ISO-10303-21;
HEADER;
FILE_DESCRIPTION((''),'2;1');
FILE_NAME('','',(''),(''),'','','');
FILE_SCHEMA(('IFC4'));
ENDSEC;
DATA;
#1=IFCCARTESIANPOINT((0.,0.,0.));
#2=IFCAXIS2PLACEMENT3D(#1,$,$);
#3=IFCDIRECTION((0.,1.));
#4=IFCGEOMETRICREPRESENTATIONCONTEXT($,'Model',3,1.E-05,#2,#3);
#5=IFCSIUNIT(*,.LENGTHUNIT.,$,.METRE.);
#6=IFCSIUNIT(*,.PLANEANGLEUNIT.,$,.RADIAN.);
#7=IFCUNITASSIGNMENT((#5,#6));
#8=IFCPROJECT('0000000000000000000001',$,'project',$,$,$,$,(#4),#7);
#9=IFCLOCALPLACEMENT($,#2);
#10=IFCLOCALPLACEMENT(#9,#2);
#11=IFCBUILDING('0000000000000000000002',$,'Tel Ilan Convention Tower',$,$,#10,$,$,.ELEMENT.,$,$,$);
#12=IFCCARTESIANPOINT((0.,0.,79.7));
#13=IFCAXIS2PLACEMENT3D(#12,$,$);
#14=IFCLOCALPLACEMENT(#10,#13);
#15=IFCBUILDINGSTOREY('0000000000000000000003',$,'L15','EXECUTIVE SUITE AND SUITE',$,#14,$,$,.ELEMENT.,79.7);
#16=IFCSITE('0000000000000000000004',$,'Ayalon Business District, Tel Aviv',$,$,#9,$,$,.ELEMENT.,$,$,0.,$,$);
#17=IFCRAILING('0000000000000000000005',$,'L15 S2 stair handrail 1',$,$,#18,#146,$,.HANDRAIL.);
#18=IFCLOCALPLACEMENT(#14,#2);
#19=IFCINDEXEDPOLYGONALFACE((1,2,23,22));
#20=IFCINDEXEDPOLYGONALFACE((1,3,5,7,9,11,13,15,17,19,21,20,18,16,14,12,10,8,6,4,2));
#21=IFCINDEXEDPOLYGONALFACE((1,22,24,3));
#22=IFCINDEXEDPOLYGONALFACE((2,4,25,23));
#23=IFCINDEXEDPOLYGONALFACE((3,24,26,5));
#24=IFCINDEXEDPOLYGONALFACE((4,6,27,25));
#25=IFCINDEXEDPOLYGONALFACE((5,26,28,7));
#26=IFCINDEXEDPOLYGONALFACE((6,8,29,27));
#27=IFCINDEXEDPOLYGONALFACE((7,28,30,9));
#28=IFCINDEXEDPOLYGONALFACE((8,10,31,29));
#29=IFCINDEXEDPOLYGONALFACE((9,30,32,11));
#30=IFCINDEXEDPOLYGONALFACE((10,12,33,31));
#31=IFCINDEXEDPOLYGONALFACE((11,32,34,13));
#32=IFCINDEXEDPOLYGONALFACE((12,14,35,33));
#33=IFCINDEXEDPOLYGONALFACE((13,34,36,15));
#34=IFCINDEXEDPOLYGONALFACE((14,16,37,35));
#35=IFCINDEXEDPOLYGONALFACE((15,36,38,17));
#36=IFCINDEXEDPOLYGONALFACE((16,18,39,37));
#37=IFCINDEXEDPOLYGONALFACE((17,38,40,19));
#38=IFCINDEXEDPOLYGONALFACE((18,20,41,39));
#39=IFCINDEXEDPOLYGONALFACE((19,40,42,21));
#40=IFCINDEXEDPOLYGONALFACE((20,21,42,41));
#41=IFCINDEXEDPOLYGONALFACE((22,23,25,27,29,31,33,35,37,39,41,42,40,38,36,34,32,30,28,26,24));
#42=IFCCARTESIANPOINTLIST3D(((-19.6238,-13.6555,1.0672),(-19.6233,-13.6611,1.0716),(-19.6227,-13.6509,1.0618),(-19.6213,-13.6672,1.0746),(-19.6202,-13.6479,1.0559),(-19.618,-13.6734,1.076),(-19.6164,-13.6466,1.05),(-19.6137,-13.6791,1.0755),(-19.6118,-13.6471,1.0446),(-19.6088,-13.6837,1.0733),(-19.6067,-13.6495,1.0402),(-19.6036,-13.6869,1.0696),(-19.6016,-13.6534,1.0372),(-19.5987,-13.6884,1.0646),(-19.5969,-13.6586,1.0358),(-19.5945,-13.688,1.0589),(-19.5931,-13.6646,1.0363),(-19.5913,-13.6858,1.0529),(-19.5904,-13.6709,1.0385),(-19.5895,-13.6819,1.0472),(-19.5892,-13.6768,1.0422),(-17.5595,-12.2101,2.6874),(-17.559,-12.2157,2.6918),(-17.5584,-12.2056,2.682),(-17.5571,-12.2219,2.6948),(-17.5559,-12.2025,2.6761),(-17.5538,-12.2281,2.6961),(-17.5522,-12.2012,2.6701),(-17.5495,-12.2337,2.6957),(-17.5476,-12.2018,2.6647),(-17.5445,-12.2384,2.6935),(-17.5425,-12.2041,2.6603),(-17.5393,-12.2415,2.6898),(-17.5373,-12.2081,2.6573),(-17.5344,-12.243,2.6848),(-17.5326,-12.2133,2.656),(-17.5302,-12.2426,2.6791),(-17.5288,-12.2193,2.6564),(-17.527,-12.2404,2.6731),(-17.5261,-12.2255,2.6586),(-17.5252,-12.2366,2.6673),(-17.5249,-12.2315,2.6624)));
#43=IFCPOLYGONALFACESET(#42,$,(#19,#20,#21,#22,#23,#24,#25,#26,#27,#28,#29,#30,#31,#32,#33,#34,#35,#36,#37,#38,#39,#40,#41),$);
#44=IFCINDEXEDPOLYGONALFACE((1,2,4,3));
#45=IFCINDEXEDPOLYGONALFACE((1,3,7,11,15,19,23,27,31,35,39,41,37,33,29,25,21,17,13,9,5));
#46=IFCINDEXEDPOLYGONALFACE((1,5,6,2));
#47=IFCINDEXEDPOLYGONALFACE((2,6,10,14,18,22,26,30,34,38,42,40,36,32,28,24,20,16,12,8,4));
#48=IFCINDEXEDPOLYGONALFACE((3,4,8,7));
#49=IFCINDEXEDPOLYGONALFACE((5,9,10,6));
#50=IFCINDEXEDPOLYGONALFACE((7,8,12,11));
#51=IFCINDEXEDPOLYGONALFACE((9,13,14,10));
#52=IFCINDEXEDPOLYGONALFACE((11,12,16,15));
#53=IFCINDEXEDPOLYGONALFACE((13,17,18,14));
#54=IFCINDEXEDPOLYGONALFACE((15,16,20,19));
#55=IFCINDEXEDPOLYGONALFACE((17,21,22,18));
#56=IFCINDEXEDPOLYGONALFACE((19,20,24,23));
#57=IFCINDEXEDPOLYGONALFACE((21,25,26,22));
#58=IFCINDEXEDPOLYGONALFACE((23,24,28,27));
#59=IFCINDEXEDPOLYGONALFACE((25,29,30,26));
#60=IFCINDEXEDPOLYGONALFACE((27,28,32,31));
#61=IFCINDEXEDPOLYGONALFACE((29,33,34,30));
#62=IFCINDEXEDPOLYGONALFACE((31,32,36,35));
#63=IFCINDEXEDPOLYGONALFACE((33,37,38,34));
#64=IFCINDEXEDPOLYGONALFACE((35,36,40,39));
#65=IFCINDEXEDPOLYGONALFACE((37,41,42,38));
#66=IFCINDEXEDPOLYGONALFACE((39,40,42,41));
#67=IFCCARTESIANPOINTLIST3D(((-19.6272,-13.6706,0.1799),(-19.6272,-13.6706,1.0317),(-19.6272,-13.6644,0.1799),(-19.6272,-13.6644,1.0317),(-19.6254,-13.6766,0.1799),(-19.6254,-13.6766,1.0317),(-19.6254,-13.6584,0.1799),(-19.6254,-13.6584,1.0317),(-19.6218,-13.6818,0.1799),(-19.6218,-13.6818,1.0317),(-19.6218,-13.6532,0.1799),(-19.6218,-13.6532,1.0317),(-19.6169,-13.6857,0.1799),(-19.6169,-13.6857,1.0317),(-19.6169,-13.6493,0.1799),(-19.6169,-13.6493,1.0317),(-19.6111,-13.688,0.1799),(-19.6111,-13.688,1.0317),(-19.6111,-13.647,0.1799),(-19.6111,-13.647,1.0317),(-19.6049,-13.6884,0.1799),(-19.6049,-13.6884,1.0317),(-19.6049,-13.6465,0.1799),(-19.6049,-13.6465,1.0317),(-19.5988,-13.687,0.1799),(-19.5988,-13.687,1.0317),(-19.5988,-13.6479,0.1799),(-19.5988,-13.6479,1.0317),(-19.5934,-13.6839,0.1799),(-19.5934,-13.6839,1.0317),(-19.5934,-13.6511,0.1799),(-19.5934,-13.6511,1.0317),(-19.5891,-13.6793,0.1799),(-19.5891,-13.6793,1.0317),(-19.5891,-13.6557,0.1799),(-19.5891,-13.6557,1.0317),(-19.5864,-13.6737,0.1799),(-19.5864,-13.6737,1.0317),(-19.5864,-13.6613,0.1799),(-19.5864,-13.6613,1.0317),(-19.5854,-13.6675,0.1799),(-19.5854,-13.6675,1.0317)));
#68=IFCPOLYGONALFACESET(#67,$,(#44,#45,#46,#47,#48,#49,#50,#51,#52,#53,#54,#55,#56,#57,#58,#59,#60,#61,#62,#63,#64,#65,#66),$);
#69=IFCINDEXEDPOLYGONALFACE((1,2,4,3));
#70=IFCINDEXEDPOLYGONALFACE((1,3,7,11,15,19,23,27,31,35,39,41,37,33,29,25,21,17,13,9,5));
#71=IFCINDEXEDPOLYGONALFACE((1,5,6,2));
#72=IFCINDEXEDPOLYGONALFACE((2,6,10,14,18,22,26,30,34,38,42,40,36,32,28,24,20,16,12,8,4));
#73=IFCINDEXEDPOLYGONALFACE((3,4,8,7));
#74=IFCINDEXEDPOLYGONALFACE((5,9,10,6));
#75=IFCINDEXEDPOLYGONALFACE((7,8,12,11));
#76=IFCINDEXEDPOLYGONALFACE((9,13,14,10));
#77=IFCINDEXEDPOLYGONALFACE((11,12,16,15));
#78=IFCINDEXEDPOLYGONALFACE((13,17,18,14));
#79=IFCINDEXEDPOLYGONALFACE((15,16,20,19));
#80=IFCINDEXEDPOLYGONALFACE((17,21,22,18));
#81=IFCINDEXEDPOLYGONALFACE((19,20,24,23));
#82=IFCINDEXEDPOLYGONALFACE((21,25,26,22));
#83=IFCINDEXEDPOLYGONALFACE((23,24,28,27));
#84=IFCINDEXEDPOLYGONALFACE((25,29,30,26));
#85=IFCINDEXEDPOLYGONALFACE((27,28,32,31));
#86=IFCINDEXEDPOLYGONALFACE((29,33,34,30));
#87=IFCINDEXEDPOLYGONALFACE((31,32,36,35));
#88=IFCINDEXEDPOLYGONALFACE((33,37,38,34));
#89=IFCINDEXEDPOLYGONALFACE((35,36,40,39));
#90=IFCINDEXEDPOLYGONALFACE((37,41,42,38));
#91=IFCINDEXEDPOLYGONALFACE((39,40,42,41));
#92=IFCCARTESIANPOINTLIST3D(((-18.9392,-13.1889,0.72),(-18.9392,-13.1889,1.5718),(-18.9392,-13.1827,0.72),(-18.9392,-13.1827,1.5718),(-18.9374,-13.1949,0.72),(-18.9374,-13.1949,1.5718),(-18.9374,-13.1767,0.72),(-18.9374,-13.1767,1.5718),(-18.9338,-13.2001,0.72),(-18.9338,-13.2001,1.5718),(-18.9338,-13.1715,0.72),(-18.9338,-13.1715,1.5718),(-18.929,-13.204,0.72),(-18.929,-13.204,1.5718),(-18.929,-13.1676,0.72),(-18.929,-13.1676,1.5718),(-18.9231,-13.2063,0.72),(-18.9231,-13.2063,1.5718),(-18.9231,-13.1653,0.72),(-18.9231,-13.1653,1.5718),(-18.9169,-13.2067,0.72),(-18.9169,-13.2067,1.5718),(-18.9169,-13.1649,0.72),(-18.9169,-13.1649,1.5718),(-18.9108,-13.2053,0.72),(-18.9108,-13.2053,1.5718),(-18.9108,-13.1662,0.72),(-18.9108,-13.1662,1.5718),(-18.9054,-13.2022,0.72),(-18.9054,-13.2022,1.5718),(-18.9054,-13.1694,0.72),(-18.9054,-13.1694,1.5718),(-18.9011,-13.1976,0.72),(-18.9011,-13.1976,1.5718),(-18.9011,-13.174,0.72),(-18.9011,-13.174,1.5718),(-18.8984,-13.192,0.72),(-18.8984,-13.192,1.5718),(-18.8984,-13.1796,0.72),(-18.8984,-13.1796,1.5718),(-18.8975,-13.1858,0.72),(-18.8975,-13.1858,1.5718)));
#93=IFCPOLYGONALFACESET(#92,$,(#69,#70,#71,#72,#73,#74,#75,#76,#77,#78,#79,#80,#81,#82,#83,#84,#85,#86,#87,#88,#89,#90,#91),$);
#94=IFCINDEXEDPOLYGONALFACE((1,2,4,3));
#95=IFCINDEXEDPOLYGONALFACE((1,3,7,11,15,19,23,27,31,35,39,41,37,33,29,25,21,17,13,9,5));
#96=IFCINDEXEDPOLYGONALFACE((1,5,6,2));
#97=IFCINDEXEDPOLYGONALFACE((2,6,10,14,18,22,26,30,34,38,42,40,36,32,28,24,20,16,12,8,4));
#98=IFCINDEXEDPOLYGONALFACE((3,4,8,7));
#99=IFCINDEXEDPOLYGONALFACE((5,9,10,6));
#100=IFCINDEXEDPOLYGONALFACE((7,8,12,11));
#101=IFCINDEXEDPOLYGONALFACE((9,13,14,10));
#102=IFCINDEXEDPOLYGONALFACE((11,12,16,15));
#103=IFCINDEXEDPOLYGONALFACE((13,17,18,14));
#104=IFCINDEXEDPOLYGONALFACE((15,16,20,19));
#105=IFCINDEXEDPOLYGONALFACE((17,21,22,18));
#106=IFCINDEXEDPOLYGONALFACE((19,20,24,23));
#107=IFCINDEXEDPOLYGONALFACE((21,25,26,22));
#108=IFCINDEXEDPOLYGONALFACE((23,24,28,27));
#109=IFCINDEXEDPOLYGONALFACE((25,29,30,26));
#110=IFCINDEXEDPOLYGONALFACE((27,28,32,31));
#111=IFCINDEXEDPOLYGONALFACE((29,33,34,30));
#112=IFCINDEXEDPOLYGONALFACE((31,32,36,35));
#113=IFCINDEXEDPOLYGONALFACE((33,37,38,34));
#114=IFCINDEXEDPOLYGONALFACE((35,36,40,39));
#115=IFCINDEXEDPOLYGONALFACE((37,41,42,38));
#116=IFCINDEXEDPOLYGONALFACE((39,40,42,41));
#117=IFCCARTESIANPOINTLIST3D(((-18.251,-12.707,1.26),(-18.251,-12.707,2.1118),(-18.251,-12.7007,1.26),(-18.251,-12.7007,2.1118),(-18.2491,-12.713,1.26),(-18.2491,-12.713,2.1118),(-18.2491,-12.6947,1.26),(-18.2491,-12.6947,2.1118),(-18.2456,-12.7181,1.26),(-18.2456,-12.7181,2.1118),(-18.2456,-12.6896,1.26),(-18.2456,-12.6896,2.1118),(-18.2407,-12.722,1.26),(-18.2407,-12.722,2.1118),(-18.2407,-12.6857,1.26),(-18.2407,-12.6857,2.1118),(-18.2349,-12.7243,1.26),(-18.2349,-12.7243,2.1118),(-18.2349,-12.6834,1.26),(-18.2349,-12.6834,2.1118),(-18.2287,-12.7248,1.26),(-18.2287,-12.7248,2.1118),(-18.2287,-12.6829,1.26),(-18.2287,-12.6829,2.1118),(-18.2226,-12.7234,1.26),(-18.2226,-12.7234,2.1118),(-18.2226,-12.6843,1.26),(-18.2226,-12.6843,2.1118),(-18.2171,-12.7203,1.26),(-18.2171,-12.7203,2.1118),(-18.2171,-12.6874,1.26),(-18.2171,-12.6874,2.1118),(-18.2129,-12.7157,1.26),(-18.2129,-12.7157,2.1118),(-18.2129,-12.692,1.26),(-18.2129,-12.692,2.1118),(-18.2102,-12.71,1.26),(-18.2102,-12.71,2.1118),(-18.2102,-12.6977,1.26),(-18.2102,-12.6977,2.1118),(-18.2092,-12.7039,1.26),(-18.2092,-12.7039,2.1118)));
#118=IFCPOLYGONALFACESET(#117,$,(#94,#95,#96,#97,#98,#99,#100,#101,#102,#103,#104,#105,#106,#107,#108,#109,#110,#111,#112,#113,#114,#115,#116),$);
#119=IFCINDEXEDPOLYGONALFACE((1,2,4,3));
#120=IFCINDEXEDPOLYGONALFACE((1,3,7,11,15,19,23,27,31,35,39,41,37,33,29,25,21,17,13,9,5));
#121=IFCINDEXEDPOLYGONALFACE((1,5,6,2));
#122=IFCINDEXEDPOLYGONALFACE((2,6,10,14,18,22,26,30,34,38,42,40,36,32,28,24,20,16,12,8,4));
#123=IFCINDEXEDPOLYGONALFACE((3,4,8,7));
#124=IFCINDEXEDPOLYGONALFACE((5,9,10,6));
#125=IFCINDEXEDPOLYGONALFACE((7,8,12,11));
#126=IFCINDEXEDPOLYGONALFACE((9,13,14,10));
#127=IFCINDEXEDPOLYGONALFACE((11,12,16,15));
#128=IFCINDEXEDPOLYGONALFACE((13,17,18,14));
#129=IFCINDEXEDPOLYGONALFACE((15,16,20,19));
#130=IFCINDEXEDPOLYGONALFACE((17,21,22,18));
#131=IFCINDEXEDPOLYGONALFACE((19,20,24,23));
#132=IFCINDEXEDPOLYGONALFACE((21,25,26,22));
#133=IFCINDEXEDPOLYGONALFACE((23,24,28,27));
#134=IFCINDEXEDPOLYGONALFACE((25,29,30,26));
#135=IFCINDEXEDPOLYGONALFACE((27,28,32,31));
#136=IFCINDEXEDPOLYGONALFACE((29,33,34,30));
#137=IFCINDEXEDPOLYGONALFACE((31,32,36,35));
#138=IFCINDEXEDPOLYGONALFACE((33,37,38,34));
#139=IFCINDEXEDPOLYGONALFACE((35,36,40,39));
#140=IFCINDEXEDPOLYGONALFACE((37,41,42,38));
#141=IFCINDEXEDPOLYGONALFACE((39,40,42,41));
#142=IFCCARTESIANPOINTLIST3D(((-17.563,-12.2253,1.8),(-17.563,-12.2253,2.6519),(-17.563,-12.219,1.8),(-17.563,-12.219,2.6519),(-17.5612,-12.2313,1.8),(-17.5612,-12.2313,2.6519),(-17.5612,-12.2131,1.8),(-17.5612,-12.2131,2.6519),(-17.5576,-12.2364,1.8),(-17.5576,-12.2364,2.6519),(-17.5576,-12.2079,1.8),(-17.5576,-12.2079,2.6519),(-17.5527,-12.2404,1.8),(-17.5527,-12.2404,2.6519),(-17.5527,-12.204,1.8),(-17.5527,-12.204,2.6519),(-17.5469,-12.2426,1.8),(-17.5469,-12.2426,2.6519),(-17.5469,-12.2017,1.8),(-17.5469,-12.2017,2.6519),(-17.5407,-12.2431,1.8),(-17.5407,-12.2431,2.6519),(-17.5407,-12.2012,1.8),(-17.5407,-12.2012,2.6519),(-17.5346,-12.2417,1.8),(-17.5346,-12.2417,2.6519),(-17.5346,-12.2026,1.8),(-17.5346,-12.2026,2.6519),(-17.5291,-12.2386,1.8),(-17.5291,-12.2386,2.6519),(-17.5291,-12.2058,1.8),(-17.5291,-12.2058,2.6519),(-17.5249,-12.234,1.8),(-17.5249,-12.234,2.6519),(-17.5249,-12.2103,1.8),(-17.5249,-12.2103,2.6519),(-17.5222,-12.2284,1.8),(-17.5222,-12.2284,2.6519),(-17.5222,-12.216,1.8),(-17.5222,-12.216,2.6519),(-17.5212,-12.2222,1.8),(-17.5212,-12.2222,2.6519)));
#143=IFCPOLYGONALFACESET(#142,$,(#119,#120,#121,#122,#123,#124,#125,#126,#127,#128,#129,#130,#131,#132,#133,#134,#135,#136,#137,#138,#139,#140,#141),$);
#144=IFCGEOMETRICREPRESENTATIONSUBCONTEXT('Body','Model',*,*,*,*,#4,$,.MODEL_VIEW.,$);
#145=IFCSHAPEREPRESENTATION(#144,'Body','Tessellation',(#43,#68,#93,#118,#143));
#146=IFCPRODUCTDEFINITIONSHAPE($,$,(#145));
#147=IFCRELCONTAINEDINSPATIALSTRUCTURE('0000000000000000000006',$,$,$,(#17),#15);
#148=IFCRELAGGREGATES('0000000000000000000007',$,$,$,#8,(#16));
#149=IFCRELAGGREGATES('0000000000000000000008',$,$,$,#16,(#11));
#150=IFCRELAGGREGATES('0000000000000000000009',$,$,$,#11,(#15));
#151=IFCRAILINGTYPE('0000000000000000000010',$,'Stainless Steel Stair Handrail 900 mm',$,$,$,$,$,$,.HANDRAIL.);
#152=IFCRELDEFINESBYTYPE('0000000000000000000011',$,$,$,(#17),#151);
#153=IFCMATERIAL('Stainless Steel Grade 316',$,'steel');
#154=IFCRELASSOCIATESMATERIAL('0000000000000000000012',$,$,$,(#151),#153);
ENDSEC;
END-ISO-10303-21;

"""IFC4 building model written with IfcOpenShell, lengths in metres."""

from ifc_helpers import new_model, si_unit, direction, frame, origin, origin_2d, place, context, subcontext, project, spatial, circle, extrude, material, type_object, element, save


model = new_model("IFC4")

# Units and contexts
model_context = context("Model", 3, precision=1e-05, world=origin(), true_north=direction((0.0, 1.0)))
body_context = subcontext(model_context, "Body", "Model", "MODEL_VIEW")
ifc_project = project(units=[si_unit("LENGTHUNIT", "METRE"), si_unit("PLANEANGLEUNIT", "RADIAN")], contexts=[model_context])

# Site, building, storey
site_placement = place(None, origin())
site = spatial("IfcSite", under=ifc_project, at=site_placement, Name="Ayalon Business District, Tel Aviv", CompositionType="ELEMENT", RefElevation=0.0)
building_placement = place(site_placement, origin())
building = spatial("IfcBuilding", under=site, at=building_placement, Name="Tel Ilan Convention Tower", CompositionType="ELEMENT")
storey_placement = place(building_placement, frame((0.0, 0.0, 79.7)))
storey = spatial("IfcBuildingStorey", under=building, at=storey_placement, Name="L15", Description="EXECUTIVE SUITE AND SUITE", CompositionType="ELEMENT", Elevation=79.7)

# Railing
ifc_material_1 = material(Name="Stainless Steel Grade 316", Category="steel")
railing_type_1 = type_object("IfcRailingType", Name="Stainless Steel Stair Handrail 900 mm", PredefinedType="HANDRAIL", material=ifc_material_1)
railing_1_placement = place(storey_placement, frame((-19.6064, -13.6675, 0.1799)))
element("IfcRailing", 1, at=railing_1_placement, inside=storey, type_object=railing_type_1, Name="L15 S2 stair handrail 1", PredefinedType="HANDRAIL", context=body_context, shape_type="SweptSolid", body=[
    extrude(circle(Radius=0.0239, at=origin_2d()), frame((0.0, 0.0, 0.876), z_axis=(0.68904, 0.48245, 0.540801), x_axis=(-0.57356, 0.819164, 0.0)), (0.0, 0.0, 1.0), 2.9958),
    extrude(circle(Radius=0.021, at=origin_2d()), origin(), (0.0, 0.0, 1.0), 0.8518),
    extrude(circle(Radius=0.021, at=origin_2d()), frame((0.688, 0.4817, 0.54)), (0.0, 0.0, 1.0), 0.8518),
    extrude(circle(Radius=0.021, at=origin_2d()), frame((1.3762, 0.9636, 1.0801)), (0.0, 0.0, 1.0), 0.8518),
    extrude(circle(Radius=0.021, at=origin_2d()), frame((2.0642, 1.4453, 1.6201)), (0.0, 0.0, 1.0), 0.8518),
])

save(model, "model.ifc")
